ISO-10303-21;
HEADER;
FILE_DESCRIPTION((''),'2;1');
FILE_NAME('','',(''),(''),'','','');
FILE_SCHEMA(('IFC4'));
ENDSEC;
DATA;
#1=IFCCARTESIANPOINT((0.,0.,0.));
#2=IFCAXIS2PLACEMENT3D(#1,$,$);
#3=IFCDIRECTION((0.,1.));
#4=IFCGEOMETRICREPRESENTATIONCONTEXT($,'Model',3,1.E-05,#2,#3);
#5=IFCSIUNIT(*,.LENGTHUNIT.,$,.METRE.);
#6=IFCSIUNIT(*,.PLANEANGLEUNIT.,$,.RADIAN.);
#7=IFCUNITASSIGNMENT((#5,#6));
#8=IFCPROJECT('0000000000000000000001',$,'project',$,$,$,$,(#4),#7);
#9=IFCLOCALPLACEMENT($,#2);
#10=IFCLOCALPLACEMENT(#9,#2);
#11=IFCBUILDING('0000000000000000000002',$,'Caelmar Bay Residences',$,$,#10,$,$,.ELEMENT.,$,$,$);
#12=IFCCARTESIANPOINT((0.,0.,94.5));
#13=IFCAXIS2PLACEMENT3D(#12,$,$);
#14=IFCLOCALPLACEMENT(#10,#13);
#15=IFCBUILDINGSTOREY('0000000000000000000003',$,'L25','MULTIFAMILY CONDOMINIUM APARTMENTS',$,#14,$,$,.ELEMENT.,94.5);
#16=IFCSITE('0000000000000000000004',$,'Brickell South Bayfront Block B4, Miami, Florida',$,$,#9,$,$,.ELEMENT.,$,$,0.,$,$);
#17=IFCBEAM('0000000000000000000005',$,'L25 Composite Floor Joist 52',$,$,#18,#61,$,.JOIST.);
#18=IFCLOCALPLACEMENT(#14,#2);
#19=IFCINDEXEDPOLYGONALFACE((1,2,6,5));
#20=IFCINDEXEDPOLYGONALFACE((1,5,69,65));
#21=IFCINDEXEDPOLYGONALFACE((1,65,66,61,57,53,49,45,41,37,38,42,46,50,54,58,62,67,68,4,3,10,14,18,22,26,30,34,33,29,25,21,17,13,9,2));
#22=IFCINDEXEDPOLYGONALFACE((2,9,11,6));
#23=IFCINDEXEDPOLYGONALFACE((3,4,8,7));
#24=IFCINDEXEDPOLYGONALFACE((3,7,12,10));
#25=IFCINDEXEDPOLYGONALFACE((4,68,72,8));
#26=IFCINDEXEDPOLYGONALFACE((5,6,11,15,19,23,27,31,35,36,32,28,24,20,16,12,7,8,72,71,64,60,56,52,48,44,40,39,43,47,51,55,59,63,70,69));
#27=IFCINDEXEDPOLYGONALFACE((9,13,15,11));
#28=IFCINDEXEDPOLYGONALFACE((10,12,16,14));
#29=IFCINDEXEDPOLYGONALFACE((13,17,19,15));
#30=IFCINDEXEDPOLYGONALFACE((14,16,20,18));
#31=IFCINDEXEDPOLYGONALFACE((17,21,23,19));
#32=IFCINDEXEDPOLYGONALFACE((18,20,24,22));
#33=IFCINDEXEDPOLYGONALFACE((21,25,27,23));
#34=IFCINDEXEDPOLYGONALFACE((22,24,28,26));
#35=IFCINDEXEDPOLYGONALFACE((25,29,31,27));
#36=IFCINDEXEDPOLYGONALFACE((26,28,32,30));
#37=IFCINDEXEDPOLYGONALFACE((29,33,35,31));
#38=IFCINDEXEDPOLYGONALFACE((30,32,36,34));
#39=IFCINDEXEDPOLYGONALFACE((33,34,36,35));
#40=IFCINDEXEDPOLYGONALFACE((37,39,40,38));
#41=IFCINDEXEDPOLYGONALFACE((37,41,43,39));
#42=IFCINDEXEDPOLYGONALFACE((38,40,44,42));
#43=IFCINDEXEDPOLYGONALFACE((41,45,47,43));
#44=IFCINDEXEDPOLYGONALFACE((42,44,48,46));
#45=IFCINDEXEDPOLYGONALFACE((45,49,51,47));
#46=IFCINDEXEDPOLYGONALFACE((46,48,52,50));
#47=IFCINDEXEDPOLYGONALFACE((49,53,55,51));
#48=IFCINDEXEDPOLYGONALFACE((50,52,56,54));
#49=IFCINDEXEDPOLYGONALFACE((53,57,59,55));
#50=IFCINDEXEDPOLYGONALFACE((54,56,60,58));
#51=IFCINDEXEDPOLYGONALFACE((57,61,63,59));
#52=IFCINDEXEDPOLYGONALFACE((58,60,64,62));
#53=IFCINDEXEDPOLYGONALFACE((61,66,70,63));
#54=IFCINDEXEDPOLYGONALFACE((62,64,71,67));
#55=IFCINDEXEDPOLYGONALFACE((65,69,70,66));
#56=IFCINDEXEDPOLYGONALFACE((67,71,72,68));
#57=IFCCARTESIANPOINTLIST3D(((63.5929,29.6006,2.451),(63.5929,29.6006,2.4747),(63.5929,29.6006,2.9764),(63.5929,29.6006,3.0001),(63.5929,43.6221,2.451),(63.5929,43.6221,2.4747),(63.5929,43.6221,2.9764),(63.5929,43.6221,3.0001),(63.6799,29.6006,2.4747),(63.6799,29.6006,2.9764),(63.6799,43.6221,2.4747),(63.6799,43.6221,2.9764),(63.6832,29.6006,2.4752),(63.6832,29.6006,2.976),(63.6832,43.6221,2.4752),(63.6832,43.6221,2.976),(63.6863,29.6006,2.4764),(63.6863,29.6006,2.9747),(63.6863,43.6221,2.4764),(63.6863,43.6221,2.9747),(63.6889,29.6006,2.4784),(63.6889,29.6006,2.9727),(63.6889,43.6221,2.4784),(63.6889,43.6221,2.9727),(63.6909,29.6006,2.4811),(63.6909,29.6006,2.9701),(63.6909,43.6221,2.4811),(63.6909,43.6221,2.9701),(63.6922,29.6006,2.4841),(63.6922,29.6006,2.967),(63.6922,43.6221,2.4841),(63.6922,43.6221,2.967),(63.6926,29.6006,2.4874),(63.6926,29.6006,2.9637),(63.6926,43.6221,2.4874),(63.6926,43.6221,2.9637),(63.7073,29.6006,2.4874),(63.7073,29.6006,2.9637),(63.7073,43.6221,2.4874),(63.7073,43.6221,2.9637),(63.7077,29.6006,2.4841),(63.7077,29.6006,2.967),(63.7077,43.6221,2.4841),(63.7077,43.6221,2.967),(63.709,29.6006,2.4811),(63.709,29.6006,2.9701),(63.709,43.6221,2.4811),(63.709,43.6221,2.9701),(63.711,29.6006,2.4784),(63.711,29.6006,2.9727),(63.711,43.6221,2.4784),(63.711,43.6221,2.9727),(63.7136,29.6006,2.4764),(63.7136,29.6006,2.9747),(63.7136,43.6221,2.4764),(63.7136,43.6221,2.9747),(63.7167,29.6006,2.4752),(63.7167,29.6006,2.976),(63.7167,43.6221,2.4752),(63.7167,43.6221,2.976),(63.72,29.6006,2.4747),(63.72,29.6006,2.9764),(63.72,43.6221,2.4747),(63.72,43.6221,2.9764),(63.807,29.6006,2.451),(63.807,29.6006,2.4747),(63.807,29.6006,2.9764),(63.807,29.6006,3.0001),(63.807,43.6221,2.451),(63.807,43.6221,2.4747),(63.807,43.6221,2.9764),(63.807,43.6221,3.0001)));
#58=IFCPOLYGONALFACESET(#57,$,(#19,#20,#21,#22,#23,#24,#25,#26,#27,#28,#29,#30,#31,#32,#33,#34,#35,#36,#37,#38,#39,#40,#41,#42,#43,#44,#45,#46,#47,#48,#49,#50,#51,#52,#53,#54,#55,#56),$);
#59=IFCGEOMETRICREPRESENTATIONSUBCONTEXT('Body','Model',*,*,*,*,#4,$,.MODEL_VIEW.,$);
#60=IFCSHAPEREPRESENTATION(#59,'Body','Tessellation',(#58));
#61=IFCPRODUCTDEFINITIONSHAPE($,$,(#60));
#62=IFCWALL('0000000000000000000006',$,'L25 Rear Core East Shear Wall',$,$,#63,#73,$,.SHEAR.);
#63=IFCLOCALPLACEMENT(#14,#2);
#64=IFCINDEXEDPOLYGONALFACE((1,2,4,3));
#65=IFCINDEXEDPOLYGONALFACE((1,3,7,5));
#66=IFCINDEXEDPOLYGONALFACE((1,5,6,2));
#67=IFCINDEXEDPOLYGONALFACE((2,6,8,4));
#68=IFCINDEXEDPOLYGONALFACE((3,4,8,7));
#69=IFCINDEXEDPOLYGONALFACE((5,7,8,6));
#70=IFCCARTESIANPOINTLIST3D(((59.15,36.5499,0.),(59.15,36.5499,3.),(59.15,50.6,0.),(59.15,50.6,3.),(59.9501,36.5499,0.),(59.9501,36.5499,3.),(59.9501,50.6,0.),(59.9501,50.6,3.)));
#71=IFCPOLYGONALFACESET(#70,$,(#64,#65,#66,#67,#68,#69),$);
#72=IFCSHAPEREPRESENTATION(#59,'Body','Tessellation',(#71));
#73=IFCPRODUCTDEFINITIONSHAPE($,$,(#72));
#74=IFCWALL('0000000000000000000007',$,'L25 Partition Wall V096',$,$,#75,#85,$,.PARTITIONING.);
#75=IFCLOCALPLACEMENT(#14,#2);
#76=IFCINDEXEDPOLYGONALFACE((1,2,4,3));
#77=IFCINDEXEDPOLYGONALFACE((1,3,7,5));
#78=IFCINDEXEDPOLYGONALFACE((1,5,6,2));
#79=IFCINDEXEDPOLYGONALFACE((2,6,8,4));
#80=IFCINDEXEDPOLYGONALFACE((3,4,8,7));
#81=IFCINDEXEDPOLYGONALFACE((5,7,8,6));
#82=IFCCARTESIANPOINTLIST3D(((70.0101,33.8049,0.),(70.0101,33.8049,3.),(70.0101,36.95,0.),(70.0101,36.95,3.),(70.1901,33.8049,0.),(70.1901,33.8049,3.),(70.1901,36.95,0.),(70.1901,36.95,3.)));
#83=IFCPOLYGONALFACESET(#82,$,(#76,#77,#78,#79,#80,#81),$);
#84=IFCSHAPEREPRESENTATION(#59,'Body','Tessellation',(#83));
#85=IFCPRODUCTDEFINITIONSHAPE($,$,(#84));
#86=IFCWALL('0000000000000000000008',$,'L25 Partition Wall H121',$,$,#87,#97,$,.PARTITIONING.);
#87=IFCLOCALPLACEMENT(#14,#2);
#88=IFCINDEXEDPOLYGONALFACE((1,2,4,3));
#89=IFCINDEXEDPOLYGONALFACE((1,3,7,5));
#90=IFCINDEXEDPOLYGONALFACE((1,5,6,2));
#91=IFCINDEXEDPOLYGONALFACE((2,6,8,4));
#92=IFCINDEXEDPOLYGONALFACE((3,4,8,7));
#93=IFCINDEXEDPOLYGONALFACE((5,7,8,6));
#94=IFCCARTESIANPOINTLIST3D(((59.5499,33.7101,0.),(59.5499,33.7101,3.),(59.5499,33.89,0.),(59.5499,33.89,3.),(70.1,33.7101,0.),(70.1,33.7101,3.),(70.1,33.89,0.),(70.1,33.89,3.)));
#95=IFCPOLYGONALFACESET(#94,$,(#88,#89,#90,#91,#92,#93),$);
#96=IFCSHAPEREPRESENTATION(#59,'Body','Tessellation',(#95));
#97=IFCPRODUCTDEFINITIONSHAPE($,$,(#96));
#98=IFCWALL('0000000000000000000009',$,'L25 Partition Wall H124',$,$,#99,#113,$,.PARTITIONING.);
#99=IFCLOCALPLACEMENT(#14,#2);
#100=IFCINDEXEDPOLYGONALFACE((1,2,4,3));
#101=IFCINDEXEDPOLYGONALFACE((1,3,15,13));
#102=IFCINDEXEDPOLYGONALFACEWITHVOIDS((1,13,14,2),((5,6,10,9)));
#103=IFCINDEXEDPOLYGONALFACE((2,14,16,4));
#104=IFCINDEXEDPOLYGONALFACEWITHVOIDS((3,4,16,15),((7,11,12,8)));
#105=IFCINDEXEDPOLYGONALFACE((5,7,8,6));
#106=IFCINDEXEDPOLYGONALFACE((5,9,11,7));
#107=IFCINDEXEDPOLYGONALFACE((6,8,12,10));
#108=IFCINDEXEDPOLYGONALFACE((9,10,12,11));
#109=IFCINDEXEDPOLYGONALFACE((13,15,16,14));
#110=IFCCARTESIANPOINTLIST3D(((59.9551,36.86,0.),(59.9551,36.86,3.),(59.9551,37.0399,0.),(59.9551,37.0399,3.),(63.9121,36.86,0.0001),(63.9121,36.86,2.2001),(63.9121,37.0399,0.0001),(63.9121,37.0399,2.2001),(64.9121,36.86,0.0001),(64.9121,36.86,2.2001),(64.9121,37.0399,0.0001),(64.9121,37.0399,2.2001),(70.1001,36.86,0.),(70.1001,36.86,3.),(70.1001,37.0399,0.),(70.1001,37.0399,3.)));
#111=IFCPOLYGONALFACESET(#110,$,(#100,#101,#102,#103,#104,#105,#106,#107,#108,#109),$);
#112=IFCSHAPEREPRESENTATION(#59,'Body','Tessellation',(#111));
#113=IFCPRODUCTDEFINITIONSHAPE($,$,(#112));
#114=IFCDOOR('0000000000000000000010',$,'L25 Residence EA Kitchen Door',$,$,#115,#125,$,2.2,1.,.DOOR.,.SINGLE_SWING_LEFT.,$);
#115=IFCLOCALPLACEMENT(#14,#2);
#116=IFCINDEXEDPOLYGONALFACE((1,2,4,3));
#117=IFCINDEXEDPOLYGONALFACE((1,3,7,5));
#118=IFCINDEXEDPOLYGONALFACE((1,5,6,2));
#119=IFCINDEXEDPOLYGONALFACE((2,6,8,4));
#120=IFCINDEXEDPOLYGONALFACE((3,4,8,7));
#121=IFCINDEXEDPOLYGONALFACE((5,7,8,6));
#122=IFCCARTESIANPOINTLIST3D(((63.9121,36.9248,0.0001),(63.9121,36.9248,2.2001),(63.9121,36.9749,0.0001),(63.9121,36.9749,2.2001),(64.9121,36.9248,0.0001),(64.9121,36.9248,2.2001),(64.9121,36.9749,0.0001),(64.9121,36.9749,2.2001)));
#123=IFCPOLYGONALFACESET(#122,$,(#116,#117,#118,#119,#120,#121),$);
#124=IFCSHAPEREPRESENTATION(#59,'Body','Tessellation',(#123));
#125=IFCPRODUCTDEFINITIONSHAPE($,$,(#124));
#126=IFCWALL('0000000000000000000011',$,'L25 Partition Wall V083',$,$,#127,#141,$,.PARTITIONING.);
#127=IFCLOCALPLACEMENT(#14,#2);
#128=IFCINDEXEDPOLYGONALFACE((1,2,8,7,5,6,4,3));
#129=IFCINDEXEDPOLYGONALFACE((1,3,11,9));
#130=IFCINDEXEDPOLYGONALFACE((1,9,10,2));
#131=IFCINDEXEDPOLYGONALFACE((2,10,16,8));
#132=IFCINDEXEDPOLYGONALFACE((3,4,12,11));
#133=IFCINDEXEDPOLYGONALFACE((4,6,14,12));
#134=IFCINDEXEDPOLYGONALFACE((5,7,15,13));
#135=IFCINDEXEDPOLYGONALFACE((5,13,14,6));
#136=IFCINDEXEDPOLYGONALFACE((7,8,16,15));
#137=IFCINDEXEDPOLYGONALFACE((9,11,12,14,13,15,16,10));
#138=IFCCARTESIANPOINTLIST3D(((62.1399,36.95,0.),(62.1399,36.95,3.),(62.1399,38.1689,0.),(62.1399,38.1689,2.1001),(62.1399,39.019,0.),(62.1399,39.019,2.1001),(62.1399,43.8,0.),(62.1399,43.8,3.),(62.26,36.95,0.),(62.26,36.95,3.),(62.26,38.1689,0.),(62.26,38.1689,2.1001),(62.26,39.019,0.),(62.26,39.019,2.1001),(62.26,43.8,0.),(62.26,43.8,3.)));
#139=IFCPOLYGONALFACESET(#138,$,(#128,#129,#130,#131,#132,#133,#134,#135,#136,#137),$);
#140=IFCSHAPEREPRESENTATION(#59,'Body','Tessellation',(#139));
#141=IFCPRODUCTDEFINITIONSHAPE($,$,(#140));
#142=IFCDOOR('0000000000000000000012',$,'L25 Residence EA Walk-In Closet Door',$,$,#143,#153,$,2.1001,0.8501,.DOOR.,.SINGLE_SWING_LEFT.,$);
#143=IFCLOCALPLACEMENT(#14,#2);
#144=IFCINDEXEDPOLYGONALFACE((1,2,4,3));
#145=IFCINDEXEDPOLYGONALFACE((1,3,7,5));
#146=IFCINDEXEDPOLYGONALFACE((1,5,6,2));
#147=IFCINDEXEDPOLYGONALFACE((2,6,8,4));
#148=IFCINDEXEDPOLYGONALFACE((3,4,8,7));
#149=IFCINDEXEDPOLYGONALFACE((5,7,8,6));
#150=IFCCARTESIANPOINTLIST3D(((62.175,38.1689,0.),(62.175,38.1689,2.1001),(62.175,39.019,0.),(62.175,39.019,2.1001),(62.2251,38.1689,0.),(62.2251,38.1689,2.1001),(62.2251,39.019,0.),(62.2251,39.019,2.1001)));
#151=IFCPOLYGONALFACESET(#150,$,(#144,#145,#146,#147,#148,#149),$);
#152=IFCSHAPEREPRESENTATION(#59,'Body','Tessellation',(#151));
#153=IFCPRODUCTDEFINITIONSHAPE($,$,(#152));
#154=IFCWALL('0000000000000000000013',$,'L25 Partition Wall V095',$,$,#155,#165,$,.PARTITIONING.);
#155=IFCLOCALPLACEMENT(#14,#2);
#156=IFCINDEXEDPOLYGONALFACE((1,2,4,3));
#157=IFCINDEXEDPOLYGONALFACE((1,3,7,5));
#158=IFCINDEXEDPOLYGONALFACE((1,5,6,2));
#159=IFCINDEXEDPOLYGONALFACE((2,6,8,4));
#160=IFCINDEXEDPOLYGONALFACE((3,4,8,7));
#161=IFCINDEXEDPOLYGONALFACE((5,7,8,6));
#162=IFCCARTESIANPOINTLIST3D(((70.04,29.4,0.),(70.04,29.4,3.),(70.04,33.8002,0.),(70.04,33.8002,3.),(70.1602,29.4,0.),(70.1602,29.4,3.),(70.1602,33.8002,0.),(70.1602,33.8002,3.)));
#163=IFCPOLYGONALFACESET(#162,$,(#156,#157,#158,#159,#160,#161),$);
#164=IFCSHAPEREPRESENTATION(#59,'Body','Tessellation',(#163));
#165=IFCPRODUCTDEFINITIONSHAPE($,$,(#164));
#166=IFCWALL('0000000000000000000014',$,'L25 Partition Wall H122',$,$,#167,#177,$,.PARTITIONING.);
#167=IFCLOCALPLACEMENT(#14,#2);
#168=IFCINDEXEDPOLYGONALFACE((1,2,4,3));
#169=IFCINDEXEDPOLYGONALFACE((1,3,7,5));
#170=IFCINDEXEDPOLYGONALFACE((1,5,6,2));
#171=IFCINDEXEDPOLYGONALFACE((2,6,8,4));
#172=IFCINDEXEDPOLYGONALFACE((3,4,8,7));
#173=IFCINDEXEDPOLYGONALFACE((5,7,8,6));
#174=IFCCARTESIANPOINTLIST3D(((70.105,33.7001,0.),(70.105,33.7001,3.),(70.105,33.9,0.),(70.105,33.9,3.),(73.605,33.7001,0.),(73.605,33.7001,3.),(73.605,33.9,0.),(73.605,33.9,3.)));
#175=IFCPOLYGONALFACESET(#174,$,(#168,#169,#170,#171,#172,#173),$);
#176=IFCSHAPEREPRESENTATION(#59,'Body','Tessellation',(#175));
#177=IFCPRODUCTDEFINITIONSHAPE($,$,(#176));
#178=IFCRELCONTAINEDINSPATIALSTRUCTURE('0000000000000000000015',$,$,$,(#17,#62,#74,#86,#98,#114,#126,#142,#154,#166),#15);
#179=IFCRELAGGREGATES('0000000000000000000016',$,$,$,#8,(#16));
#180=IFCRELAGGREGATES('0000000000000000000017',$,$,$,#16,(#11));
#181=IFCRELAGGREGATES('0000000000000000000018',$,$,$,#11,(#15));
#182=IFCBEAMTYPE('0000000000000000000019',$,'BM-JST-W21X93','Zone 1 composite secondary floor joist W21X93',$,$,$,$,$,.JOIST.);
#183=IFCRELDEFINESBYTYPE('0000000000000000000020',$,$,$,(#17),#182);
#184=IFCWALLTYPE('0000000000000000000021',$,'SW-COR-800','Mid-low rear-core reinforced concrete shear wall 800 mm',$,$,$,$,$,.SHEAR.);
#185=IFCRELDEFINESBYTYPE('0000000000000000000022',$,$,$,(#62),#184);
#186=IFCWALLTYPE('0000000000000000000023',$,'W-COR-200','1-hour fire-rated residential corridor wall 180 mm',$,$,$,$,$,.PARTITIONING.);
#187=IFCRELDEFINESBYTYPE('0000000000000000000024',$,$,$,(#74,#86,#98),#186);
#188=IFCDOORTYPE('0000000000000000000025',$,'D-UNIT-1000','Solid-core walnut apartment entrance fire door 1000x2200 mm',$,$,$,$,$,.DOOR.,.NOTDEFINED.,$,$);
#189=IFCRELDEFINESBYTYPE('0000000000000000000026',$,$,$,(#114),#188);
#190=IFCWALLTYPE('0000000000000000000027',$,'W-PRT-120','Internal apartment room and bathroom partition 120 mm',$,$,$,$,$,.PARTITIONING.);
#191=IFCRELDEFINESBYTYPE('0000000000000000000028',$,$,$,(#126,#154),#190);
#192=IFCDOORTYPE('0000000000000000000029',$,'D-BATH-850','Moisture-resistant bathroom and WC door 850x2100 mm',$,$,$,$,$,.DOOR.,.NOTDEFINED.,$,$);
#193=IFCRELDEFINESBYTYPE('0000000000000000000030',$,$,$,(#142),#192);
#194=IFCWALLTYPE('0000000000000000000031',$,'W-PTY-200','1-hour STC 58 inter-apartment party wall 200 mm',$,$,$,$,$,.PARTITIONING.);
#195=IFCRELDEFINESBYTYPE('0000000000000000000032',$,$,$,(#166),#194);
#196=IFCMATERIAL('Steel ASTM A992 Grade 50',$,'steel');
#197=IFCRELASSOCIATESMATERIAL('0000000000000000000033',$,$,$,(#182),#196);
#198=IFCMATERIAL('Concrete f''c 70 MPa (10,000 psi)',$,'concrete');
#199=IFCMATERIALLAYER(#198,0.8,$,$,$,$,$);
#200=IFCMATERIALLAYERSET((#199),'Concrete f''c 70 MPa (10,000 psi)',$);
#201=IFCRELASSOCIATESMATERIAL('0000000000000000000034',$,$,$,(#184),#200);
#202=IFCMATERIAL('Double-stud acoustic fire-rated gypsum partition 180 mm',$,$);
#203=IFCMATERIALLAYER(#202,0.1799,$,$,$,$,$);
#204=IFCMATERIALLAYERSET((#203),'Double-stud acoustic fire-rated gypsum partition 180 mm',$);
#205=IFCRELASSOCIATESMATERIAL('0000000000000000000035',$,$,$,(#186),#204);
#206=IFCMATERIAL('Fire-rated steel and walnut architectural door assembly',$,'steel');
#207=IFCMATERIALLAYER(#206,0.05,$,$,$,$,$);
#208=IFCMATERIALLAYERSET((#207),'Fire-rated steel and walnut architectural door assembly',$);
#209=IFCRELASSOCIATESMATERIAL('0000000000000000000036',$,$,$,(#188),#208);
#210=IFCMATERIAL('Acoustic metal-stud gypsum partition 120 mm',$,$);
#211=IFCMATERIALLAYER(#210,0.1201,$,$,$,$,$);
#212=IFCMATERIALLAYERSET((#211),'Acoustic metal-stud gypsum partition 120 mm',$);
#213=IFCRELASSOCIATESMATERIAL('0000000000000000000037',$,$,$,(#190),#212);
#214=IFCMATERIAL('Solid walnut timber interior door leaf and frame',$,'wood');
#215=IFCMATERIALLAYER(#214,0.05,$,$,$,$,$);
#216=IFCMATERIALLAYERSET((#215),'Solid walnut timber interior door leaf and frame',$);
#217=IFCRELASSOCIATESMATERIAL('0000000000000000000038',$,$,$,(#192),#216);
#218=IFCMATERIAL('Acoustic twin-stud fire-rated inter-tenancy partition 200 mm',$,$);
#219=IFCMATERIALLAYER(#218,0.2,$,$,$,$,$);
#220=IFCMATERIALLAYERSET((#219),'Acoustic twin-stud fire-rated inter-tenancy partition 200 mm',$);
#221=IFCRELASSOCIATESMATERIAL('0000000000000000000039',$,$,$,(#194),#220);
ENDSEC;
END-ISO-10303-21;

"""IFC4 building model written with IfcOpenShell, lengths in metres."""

from ifc_helpers import new_model, si_unit, direction, frame, frame_2d, origin, origin_2d, place, context, subcontext, project, spatial, rectangle, i_section, extrude, material, layer, layer_set, material_profile, profile_set, type_object, element, fill, save


model = new_model("IFC4")

# Units and contexts
model_context = context("Model", 3, precision=1e-05, world=origin(), true_north=direction((0.0, 1.0)))
body_context = subcontext(model_context, "Body", "Model", "MODEL_VIEW")
ifc_project = project(units=[si_unit("LENGTHUNIT", "METRE"), si_unit("PLANEANGLEUNIT", "RADIAN")], contexts=[model_context])

# Site, building, storey
site_placement = place(None, origin())
site = spatial("IfcSite", under=ifc_project, at=site_placement, Name="Brickell South Bayfront Block B4, Miami, Florida", CompositionType="ELEMENT", RefElevation=0.0)
building_placement = place(site_placement, origin())
building = spatial("IfcBuilding", under=site, at=building_placement, Name="Caelmar Bay Residences", CompositionType="ELEMENT")
storey_placement = place(building_placement, frame((0.0, 0.0, 94.5)))
storey = spatial("IfcBuildingStorey", under=building, at=storey_placement, Name="L25", Description="MULTIFAMILY CONDOMINIUM APARTMENTS", CompositionType="ELEMENT", Elevation=94.5)

# Beam
ifc_material_1 = material(Name="Steel ASTM A992 Grade 50", Category="steel")
ifc_material_profile_1 = material_profile(ifc_material_1, i_section(OverallWidth=0.2141, OverallDepth=0.5491, WebThickness=0.0146, FlangeThickness=0.0237, FilletRadius=0.0127, at=origin_2d()), Name="W21X93")
ifc_profile_set_1 = profile_set([ifc_material_profile_1], Name="Steel ASTM A992 Grade 50")
beam_type_1 = type_object("IfcBeamType", Name="BM-JST-W21X93", Description="Zone 1 composite secondary floor joist W21X93", PredefinedType="JOIST", material=ifc_profile_set_1)
beam_1_placement = place(storey_placement, frame((63.7, 29.6006, 2.7256), z_axis=(0.0, 1.0, 0.0), x_axis=(-1.0, 0.0, 0.0)))
element("IfcBeam", 1, at=beam_1_placement, inside=storey, type_object=beam_type_1, Name="L25 Composite Floor Joist 52", PredefinedType="JOIST", context=body_context, shape_type="SweptSolid", body=[
    extrude(i_section(OverallWidth=0.2141, OverallDepth=0.5491, WebThickness=0.0146, FlangeThickness=0.0237, FilletRadius=0.0127, at=origin_2d()), origin(), (0.0, 0.0, 1.0), 14.0215),
])

# Walls
ifc_material_2 = material(Name="Concrete f'c 70 MPa (10,000 psi)", Category="concrete")
ifc_layer_1 = layer(ifc_material_2, 0.8)
ifc_layer_set_1 = layer_set([ifc_layer_1], Name="Concrete f'c 70 MPa (10,000 psi)")
wall_type_1 = type_object("IfcWallType", Name="SW-COR-800", Description="Mid-low rear-core reinforced concrete shear wall 800 mm", PredefinedType="SHEAR", material=ifc_layer_set_1)
wall_1_placement = place(storey_placement, frame((59.55, 36.55, 0.0), z_axis=(0.0, 0.0, 1.0), x_axis=(0.0, 1.0, 0.0)))
element("IfcWall", 2, at=wall_1_placement, inside=storey, type_object=wall_type_1, Name="L25 Rear Core East Shear Wall", PredefinedType="SHEAR", context=body_context, shape_type="SweptSolid", body=[
    extrude(rectangle(XDim=14.05, YDim=0.8, at=frame_2d((7.0249, 0.0))), origin(), (0.0, 0.0, 1.0), 3.0),
])
ifc_material_3 = material(Name="Double-stud acoustic fire-rated gypsum partition 180 mm")
ifc_layer_2 = layer(ifc_material_3, 0.1799)
ifc_layer_set_2 = layer_set([ifc_layer_2], Name="Double-stud acoustic fire-rated gypsum partition 180 mm")
wall_type_2 = type_object("IfcWallType", Name="W-COR-200", Description="1-hour fire-rated residential corridor wall 180 mm", PredefinedType="PARTITIONING", material=ifc_layer_set_2)
wall_2_placement = place(storey_placement, frame((70.1001, 33.8049, 0.0), z_axis=(0.0, 0.0, 1.0), x_axis=(0.0, 1.0, 0.0)))
element("IfcWall", 3, at=wall_2_placement, inside=storey, type_object=wall_type_2, Name="L25 Partition Wall V096", PredefinedType="PARTITIONING", context=body_context, shape_type="SweptSolid", body=[
    extrude(rectangle(XDim=3.145, YDim=0.1799, at=frame_2d((1.5725, 0.0))), origin(), (0.0, 0.0, 1.0), 3.0),
])
wall_3_placement = place(storey_placement, frame((59.55, 33.8, 0.0), z_axis=(0.0, 0.0, 1.0), x_axis=(1.0, 0.0, 0.0)))
element("IfcWall", 4, at=wall_3_placement, inside=storey, type_object=wall_type_2, Name="L25 Partition Wall H121", PredefinedType="PARTITIONING", context=body_context, shape_type="SweptSolid", body=[
    extrude(rectangle(XDim=10.55, YDim=0.1799, at=frame_2d((5.2749, 0.0))), origin(), (0.0, 0.0, 1.0), 3.0),
])

# Walls, openings, doors
wall_4_placement = place(storey_placement, frame((59.9551, 36.95, 0.0), z_axis=(0.0, 0.0, 1.0), x_axis=(1.0, 0.0, 0.0)))
wall_4 = element("IfcWall", 5, at=wall_4_placement, inside=storey, type_object=wall_type_2, Name="L25 Partition Wall H124", PredefinedType="PARTITIONING", context=body_context, shape_type="SweptSolid", body=[
    extrude(rectangle(XDim=10.145, YDim=0.1799, at=frame_2d((5.0725, 0.0))), origin(), (0.0, 0.0, 1.0), 3.0),
])
opening_1_placement = place(wall_4_placement, frame((3.957, 0.0, 0.0)))
opening_1 = element("IfcOpeningElement", 6, at=opening_1_placement, cuts=wall_4, PredefinedType="OPENING", context=body_context, shape_type="SweptSolid", body=[
    extrude(rectangle(XDim=1.0, YDim=2.2, at=frame_2d((0.5, 1.1001))), frame((0.0, 0.0999, 0.0), z_axis=(0.0, -1.0, 0.0), x_axis=(1.0, 0.0, 0.0)), (0.0, 0.0, 1.0), 0.2),
])
ifc_material_4 = material(Name="Fire-rated steel and walnut architectural door assembly", Category="steel")
ifc_layer_3 = layer(ifc_material_4, 0.05)
ifc_layer_set_3 = layer_set([ifc_layer_3], Name="Fire-rated steel and walnut architectural door assembly")
door_type_1 = type_object("IfcDoorType", Name="D-UNIT-1000", Description="Solid-core walnut apartment entrance fire door 1000x2200 mm", OperationType="NOTDEFINED", PredefinedType="DOOR", material=ifc_layer_set_3)
door_1_placement = place(opening_1_placement, origin())
door_1 = element("IfcDoor", 7, at=door_1_placement, inside=storey, type_object=door_type_1, Name="L25 Residence EA Kitchen Door", OperationType="SINGLE_SWING_LEFT", OverallHeight=2.2, OverallWidth=1.0, PredefinedType="DOOR", context=body_context, shape_type="SweptSolid", body=[
    extrude(rectangle(XDim=1.0, YDim=2.2, at=frame_2d((0.5, 1.1001))), frame((0.0, 0.0249, 0.0), z_axis=(0.0, -1.0, 0.0), x_axis=(1.0, 0.0, 0.0)), (0.0, 0.0, 1.0), 0.05),
])
fill(opening_1, door_1)
ifc_material_5 = material(Name="Acoustic metal-stud gypsum partition 120 mm")
ifc_layer_4 = layer(ifc_material_5, 0.1201)
ifc_layer_set_4 = layer_set([ifc_layer_4], Name="Acoustic metal-stud gypsum partition 120 mm")
wall_type_3 = type_object("IfcWallType", Name="W-PRT-120", Description="Internal apartment room and bathroom partition 120 mm", PredefinedType="PARTITIONING", material=ifc_layer_set_4)
wall_5_placement = place(storey_placement, frame((62.2, 36.95, 0.0), z_axis=(0.0, 0.0, 1.0), x_axis=(0.0, 1.0, 0.0)))
wall_5 = element("IfcWall", 8, at=wall_5_placement, inside=storey, type_object=wall_type_3, Name="L25 Partition Wall V083", PredefinedType="PARTITIONING", context=body_context, shape_type="SweptSolid", body=[
    extrude(rectangle(XDim=6.8501, YDim=0.1201, at=frame_2d((3.425, 0.0))), origin(), (0.0, 0.0, 1.0), 3.0),
])
opening_2_placement = place(wall_5_placement, frame((1.219, 0.0, 0.0)))
opening_2 = element("IfcOpeningElement", 9, at=opening_2_placement, cuts=wall_5, PredefinedType="OPENING", context=body_context, shape_type="SweptSolid", body=[
    extrude(rectangle(XDim=0.8501, YDim=2.1001, at=frame_2d((0.425, 1.05))), frame((0.0, 0.0701, 0.0), z_axis=(0.0, -1.0, 0.0), x_axis=(1.0, 0.0, 0.0)), (0.0, 0.0, 1.0), 0.1401),
])
ifc_material_6 = material(Name="Solid walnut timber interior door leaf and frame", Category="wood")
ifc_layer_5 = layer(ifc_material_6, 0.05)
ifc_layer_set_5 = layer_set([ifc_layer_5], Name="Solid walnut timber interior door leaf and frame")
door_type_2 = type_object("IfcDoorType", Name="D-BATH-850", Description="Moisture-resistant bathroom and WC door 850x2100 mm", OperationType="NOTDEFINED", PredefinedType="DOOR", material=ifc_layer_set_5)
door_2_placement = place(opening_2_placement, origin())
door_2 = element("IfcDoor", 10, at=door_2_placement, inside=storey, type_object=door_type_2, Name="L25 Residence EA Walk-In Closet Door", OperationType="SINGLE_SWING_LEFT", OverallHeight=2.1001, OverallWidth=0.8501, PredefinedType="DOOR", context=body_context, shape_type="SweptSolid", body=[
    extrude(rectangle(XDim=0.8501, YDim=2.1001, at=frame_2d((0.425, 1.05))), frame((0.0, 0.0249, 0.0), z_axis=(0.0, -1.0, 0.0), x_axis=(1.0, 0.0, 0.0)), (0.0, 0.0, 1.0), 0.05),
])
fill(opening_2, door_2)

# Walls
wall_6_placement = place(storey_placement, frame((70.1001, 29.3999, 0.0), z_axis=(0.0, 0.0, 1.0), x_axis=(0.0, 1.0, 0.0)))
element("IfcWall", 11, at=wall_6_placement, inside=storey, type_object=wall_type_3, Name="L25 Partition Wall V095", PredefinedType="PARTITIONING", context=body_context, shape_type="SweptSolid", body=[
    extrude(rectangle(XDim=4.4001, YDim=0.1201, at=frame_2d((2.2002, 0.0))), origin(), (0.0, 0.0, 1.0), 3.0),
])
ifc_material_7 = material(Name="Acoustic twin-stud fire-rated inter-tenancy partition 200 mm")
ifc_layer_6 = layer(ifc_material_7, 0.2)
ifc_layer_set_6 = layer_set([ifc_layer_6], Name="Acoustic twin-stud fire-rated inter-tenancy partition 200 mm")
wall_type_4 = type_object("IfcWallType", Name="W-PTY-200", Description="1-hour STC 58 inter-apartment party wall 200 mm", PredefinedType="PARTITIONING", material=ifc_layer_set_6)
wall_7_placement = place(storey_placement, frame((70.105, 33.8, 0.0), z_axis=(0.0, 0.0, 1.0), x_axis=(1.0, 0.0, 0.0)))
element("IfcWall", 12, at=wall_7_placement, inside=storey, type_object=wall_type_4, Name="L25 Partition Wall H122", PredefinedType="PARTITIONING", context=body_context, shape_type="SweptSolid", body=[
    extrude(rectangle(XDim=3.5, YDim=0.2, at=frame_2d((1.75, 0.0))), origin(), (0.0, 0.0, 1.0), 3.0),
])

save(model, "model.ifc")
